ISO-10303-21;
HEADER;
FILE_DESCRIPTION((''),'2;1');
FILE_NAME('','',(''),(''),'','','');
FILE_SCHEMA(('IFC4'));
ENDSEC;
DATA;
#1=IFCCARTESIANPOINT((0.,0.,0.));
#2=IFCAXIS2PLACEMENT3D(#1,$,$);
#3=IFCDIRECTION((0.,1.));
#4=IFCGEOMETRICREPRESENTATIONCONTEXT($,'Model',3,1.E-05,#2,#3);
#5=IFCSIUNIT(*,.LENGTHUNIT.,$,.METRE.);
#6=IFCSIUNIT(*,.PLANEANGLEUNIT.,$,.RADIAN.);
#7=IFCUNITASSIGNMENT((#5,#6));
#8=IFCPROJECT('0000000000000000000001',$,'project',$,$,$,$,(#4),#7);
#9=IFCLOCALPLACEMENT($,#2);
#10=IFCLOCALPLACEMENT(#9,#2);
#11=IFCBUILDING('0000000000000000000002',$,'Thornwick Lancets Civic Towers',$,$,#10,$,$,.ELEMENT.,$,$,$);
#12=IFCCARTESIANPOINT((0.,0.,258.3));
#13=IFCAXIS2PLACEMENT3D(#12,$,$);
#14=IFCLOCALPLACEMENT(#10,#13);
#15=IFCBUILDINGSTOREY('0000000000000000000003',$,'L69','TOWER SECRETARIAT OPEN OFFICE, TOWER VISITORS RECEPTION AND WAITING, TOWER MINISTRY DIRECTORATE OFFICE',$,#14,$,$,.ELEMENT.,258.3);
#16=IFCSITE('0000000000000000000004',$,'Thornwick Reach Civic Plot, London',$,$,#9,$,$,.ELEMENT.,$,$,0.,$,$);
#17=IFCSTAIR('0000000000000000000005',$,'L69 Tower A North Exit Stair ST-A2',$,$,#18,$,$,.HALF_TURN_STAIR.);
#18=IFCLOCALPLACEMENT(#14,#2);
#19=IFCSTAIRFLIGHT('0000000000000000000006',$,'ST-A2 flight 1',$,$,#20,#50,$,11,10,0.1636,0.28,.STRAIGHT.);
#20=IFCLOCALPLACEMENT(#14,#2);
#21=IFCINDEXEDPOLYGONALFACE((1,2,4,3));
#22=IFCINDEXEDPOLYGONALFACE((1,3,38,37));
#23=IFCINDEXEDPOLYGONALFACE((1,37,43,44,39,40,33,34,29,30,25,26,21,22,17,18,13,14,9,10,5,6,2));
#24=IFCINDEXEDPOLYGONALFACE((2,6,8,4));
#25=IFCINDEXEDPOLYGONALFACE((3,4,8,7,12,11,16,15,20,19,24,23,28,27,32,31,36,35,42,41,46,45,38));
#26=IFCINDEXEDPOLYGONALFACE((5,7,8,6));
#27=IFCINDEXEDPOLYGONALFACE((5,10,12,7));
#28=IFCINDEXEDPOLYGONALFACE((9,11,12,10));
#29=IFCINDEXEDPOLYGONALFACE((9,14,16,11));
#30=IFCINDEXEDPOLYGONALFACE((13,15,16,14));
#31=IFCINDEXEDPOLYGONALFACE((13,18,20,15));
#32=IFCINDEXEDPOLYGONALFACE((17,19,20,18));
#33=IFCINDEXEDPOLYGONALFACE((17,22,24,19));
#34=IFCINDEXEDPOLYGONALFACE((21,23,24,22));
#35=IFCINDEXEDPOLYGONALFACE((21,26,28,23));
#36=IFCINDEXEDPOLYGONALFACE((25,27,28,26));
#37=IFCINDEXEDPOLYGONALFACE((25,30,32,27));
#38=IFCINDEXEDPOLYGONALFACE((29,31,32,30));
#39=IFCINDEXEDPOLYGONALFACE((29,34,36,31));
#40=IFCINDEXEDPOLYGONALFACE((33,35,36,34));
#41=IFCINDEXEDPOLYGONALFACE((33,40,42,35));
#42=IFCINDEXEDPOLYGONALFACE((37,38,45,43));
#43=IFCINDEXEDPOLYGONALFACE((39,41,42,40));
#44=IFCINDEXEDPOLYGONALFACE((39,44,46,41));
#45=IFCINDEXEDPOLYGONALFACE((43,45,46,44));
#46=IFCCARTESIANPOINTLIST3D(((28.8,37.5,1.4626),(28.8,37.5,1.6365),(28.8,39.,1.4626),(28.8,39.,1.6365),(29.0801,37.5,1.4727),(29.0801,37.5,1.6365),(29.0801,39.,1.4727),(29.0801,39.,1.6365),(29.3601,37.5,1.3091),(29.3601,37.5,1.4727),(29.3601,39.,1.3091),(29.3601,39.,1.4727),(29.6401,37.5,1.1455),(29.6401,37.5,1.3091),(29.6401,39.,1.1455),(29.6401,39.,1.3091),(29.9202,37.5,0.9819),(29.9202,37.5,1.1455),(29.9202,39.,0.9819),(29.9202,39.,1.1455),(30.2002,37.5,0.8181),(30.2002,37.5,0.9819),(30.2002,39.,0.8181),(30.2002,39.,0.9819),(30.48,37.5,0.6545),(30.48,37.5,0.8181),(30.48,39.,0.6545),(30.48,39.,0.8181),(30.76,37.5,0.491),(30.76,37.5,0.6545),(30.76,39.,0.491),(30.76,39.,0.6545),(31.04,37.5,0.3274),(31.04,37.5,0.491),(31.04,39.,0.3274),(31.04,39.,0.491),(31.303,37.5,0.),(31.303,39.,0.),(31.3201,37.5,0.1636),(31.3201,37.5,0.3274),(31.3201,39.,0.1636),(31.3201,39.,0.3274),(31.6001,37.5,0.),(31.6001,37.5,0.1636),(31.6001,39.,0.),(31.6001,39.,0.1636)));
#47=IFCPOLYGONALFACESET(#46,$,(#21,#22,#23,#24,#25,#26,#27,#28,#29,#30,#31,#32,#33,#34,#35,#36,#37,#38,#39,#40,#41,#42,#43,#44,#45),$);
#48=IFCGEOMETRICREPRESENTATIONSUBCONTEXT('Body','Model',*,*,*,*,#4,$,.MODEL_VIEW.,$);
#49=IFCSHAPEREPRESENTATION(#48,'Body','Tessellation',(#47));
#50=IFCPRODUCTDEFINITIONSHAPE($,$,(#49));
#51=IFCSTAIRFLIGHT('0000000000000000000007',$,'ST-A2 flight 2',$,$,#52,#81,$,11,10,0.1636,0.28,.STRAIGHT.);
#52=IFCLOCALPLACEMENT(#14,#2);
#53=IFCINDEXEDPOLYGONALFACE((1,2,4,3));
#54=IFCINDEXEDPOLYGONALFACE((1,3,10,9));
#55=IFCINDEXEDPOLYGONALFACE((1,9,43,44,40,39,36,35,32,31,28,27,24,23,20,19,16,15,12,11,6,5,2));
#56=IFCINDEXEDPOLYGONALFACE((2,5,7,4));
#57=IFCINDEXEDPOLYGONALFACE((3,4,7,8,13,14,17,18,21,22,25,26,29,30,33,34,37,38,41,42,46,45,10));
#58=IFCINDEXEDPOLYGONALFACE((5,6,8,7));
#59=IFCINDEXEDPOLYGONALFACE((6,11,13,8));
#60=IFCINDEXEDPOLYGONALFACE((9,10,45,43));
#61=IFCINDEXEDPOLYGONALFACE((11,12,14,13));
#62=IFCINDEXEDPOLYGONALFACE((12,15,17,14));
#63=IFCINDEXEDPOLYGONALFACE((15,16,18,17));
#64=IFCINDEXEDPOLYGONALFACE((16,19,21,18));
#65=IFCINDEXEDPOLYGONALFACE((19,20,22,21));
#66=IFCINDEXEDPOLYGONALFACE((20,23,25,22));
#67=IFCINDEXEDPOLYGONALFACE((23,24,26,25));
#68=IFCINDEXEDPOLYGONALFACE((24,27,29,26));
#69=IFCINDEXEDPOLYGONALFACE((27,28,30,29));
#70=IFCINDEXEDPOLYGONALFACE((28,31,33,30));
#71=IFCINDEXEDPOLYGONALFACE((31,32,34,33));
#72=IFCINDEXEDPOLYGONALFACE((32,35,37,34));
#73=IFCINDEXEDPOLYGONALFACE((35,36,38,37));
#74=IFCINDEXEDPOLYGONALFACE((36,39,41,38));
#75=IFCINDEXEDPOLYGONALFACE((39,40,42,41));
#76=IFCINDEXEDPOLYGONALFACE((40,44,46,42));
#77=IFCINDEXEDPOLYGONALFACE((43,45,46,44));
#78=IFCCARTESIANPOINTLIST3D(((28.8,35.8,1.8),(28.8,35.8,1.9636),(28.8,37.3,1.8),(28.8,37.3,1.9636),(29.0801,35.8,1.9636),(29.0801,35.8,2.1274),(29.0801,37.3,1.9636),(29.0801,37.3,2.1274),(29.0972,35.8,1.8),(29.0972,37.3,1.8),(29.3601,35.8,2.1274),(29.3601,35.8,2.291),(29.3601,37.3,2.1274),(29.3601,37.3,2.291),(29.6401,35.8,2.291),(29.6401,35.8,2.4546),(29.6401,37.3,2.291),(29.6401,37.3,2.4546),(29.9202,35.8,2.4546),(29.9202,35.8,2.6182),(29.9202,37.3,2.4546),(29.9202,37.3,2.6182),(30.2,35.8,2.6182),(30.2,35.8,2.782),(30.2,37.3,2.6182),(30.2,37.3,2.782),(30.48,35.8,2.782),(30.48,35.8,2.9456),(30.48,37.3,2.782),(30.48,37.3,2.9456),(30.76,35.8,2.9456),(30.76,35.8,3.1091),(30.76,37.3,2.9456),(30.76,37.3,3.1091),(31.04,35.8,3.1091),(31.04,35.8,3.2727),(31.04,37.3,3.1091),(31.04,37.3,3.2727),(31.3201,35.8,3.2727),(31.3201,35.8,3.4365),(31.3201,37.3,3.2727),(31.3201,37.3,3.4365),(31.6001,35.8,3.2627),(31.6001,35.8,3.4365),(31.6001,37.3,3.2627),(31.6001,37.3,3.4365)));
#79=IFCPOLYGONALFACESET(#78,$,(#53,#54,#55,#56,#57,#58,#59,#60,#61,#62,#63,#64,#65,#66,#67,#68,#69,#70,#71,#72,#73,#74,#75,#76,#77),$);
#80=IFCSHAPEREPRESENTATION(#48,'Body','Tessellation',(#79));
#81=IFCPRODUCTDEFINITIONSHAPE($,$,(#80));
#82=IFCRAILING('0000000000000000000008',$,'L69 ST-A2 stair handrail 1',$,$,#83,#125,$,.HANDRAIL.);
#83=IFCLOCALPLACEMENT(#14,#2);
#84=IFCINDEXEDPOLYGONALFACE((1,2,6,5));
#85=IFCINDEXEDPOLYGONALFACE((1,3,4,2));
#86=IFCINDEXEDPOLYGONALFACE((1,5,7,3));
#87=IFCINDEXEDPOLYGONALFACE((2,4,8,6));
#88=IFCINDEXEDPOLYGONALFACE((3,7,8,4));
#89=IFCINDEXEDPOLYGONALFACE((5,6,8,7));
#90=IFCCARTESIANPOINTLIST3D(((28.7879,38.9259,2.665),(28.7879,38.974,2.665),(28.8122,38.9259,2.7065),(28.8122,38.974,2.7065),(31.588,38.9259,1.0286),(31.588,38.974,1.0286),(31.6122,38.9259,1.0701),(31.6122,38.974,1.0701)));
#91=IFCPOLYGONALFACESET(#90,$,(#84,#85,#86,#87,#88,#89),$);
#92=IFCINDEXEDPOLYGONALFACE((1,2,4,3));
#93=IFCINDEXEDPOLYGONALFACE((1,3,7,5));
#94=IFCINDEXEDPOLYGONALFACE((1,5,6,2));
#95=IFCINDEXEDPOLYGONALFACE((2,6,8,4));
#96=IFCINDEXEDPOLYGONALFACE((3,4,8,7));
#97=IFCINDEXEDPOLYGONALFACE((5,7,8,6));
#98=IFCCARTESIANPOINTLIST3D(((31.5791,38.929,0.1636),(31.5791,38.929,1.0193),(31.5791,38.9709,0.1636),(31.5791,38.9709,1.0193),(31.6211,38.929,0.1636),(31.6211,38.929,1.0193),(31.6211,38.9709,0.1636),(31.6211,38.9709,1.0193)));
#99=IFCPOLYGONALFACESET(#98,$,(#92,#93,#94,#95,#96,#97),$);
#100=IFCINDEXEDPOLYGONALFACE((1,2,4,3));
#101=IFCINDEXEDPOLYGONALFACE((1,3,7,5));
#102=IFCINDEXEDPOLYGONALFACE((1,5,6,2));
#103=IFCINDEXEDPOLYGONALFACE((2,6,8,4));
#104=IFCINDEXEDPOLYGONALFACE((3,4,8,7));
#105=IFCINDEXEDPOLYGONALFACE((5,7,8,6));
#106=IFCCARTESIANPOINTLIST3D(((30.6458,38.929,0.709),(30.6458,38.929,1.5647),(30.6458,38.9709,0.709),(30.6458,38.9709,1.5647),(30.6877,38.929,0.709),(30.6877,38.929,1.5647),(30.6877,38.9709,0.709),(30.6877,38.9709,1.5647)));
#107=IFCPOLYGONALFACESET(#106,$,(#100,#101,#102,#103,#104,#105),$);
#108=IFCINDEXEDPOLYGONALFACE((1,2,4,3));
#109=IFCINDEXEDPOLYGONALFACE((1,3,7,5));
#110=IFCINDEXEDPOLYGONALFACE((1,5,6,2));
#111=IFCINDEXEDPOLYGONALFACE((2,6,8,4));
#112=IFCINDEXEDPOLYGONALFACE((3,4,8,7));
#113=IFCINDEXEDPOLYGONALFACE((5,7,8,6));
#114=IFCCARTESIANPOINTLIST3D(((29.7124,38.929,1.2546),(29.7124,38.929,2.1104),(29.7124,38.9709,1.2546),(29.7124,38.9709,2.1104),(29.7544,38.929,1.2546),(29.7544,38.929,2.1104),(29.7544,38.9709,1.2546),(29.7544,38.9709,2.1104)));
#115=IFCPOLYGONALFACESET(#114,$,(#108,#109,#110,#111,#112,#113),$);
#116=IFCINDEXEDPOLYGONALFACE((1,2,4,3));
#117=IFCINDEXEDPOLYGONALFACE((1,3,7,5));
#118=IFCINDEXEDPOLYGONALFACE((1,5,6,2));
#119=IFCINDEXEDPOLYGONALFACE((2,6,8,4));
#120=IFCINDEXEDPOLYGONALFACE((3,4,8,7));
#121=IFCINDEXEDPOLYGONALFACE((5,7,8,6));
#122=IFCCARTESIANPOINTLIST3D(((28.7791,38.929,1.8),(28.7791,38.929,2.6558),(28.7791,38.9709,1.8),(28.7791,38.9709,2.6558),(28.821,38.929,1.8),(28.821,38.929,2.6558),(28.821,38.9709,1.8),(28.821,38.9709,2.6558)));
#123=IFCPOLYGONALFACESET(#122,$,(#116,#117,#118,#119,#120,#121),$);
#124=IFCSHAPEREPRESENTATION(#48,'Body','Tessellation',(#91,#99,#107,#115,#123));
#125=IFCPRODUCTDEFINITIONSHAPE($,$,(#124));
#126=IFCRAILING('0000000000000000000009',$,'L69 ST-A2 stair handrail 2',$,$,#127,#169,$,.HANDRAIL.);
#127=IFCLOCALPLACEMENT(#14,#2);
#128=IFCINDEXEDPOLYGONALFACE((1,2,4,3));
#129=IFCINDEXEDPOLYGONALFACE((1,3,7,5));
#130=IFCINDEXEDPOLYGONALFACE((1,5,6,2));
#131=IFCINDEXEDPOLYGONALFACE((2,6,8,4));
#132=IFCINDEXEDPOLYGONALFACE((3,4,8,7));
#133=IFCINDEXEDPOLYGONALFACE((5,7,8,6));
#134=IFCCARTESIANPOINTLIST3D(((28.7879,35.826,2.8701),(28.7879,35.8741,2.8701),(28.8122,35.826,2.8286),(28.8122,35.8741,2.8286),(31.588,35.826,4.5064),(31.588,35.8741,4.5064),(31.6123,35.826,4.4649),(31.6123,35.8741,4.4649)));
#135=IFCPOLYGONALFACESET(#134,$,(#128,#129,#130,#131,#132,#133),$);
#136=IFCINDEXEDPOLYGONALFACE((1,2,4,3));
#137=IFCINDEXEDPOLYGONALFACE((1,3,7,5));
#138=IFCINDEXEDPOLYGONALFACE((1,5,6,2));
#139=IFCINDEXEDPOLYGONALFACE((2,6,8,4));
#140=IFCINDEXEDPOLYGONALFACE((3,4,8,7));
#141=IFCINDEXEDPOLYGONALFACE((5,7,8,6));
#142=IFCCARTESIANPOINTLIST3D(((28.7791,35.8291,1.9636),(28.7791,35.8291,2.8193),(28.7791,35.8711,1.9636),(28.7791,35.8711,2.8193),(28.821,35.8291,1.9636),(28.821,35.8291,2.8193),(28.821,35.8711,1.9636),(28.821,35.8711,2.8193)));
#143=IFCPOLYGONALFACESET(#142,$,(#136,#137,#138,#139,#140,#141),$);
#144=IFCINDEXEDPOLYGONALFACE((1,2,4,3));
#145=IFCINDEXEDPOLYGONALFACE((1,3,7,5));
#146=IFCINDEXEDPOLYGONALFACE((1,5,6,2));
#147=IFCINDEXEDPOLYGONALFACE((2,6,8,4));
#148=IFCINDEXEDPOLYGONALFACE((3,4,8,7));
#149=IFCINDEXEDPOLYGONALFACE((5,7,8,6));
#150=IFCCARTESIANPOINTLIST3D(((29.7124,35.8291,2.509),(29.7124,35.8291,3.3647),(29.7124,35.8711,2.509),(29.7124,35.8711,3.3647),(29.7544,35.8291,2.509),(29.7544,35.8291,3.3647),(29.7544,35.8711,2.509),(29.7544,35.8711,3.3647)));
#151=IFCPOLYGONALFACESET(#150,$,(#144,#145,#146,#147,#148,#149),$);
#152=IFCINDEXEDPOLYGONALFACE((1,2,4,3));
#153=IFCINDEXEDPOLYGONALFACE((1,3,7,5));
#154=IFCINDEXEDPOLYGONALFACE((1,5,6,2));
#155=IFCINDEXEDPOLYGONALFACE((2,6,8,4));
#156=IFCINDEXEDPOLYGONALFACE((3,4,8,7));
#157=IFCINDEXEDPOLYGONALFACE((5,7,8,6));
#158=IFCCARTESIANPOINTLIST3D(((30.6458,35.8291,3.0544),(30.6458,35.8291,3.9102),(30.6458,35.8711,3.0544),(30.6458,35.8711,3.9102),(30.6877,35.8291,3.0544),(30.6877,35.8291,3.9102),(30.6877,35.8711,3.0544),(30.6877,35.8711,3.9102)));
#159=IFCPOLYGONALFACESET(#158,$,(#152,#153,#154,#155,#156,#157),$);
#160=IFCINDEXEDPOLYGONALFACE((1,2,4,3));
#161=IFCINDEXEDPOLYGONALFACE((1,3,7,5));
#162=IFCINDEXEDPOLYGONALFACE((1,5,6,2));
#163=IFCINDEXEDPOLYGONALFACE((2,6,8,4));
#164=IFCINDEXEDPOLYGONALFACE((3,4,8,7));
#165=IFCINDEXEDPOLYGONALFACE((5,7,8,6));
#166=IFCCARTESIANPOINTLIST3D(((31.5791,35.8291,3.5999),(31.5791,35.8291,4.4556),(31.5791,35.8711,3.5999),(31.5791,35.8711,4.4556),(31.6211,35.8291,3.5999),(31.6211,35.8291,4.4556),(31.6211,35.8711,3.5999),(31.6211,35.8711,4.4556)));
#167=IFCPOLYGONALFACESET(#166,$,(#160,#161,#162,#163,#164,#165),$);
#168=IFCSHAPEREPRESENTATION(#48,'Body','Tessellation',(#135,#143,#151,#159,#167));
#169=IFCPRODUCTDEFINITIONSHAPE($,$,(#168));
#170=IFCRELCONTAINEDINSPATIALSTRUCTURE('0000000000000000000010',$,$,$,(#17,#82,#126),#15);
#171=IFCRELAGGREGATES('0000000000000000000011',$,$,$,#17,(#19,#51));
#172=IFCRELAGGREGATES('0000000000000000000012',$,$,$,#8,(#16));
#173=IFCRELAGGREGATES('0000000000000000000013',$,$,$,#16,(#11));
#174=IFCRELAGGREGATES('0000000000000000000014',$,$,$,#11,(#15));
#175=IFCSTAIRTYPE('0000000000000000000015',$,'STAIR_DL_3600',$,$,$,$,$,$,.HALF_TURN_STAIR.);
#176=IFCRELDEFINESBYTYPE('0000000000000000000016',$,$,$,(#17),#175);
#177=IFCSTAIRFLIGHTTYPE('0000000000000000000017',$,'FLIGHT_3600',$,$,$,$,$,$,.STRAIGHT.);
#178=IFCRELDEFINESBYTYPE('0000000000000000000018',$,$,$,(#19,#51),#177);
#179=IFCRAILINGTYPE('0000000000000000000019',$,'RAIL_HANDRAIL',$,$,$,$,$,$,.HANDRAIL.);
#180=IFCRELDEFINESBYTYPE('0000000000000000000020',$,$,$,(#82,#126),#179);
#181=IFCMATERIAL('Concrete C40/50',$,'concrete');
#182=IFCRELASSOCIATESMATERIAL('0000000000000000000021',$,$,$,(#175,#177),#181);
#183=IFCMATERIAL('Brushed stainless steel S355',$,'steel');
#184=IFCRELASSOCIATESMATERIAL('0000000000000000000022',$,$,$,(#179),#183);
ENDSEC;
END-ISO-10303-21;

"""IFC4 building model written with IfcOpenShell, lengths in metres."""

from ifc_helpers import new_model, si_unit, direction, frame, origin, origin_2d, place, context, subcontext, project, spatial, polyline, rectangle, outline, extrude, material, type_object, element, aggregate, save


model = new_model("IFC4")

# Units and contexts
model_context = context("Model", 3, precision=1e-05, world=origin(), true_north=direction((0.0, 1.0)))
body_context = subcontext(model_context, "Body", "Model", "MODEL_VIEW")
ifc_project = project(units=[si_unit("LENGTHUNIT", "METRE"), si_unit("PLANEANGLEUNIT", "RADIAN")], contexts=[model_context])

# Site, building, storey
site_placement = place(None, origin())
site = spatial("IfcSite", under=ifc_project, at=site_placement, Name="Thornwick Reach Civic Plot, London", CompositionType="ELEMENT", RefElevation=0.0)
building_placement = place(site_placement, origin())
building = spatial("IfcBuilding", under=site, at=building_placement, Name="Thornwick Lancets Civic Towers", CompositionType="ELEMENT")
storey_placement = place(building_placement, frame((0.0, 0.0, 258.3)))
storey = spatial("IfcBuildingStorey", under=building, at=storey_placement, Name="L69", Description="TOWER SECRETARIAT OPEN OFFICE, TOWER VISITORS RECEPTION AND WAITING, TOWER MINISTRY DIRECTORATE OFFICE", CompositionType="ELEMENT", Elevation=258.3)

# Shared definitions
ifc_material_1 = material(Name="Concrete C40/50", Category="concrete")

# Stair, stair flights
stair_type = type_object("IfcStairType", Name="STAIR_DL_3600", PredefinedType="HALF_TURN_STAIR", material=ifc_material_1)
stair_placement = place(storey_placement, origin())
stair = element("IfcStair", 1, at=stair_placement, inside=storey, type_object=stair_type, Name="L69 Tower A North Exit Stair ST-A2", PredefinedType="HALF_TURN_STAIR")
stair_flight_type = type_object("IfcStairFlightType", Name="FLIGHT_3600", PredefinedType="STRAIGHT", material=ifc_material_1)
stair_flight_1_placement = place(storey_placement, frame((31.6001, 38.25, 0.0), z_axis=(0.0, 0.0, 1.0), x_axis=(-1.0, 0.0, 0.0)))
stair_flight_1 = element("IfcStairFlight", 2, at=stair_flight_1_placement, type_object=stair_flight_type, Name="ST-A2 flight 1", NumberOfRisers=11, NumberOfTreads=10, PredefinedType="STRAIGHT", RiserHeight=0.1636, TreadLength=0.28, context=body_context, shape_type="SweptSolid", body=[
    extrude(outline(polyline([(0.0, 0.0), (0.0, 0.1636), (0.28, 0.1636), (0.28, 0.3274), (0.5601, 0.3274), (0.5601, 0.491), (0.8401, 0.491), (0.8401, 0.6545), (1.1201, 0.6545), (1.1201, 0.8181), (1.3999, 0.8181), (1.3999, 0.9819), (1.6799, 0.9819), (1.6799, 1.1455), (1.96, 1.1455), (1.96, 1.3091), (2.24, 1.3091), (2.24, 1.4727), (2.52, 1.4727), (2.52, 1.6365), (2.8, 1.6365), (2.8, 1.8), (2.8, 1.4626), (0.2971, 0.0), (0.0, 0.0)])), frame((0.0, 0.75, 0.0), z_axis=(0.0, -1.0, 0.0), x_axis=(1.0, 0.0, 0.0)), (0.0, 0.0, 1.0), 1.5),
])
stair_flight_2_placement = place(storey_placement, frame((28.8, 36.55, 1.8), z_axis=(0.0, 0.0, 1.0), x_axis=(1.0, 0.0, 0.0)))
stair_flight_2 = element("IfcStairFlight", 3, at=stair_flight_2_placement, type_object=stair_flight_type, Name="ST-A2 flight 2", NumberOfRisers=11, NumberOfTreads=10, PredefinedType="STRAIGHT", RiserHeight=0.1636, TreadLength=0.28, context=body_context, shape_type="SweptSolid", body=[
    extrude(outline(polyline([(0.0, 0.0), (0.0, 0.1636), (0.28, 0.1636), (0.28, 0.3274), (0.5601, 0.3274), (0.5601, 0.491), (0.8401, 0.491), (0.8401, 0.6545), (1.1201, 0.6545), (1.1201, 0.8181), (1.3999, 0.8181), (1.3999, 0.9819), (1.6799, 0.9819), (1.6799, 1.1455), (1.96, 1.1455), (1.96, 1.3091), (2.24, 1.3091), (2.24, 1.4727), (2.52, 1.4727), (2.52, 1.6365), (2.8, 1.6365), (2.8, 1.8), (2.8, 1.4626), (0.2971, 0.0), (0.0, 0.0)])), frame((0.0, 0.75, 0.0), z_axis=(0.0, -1.0, 0.0), x_axis=(1.0, 0.0, 0.0)), (0.0, 0.0, 1.0), 1.5),
])
aggregate(stair, [stair_flight_1, stair_flight_2])

# Railings
ifc_material_2 = material(Name="Brushed stainless steel S355", Category="steel")
railing_type_1 = type_object("IfcRailingType", Name="RAIL_HANDRAIL", PredefinedType="HANDRAIL", material=ifc_material_2)
railing_1_placement = place(storey_placement, frame((31.6001, 38.95, 0.1636)))
element("IfcRailing", 4, at=railing_1_placement, inside=storey, type_object=railing_type_1, Name="L69 ST-A2 stair handrail 1", PredefinedType="HANDRAIL", context=body_context, shape_type="SweptSolid", body=[
    extrude(rectangle(XDim=0.0481, YDim=0.0481, at=origin_2d()), frame((0.0, 0.0, 0.8857), z_axis=(-0.863361, 0.0, 0.504587), x_axis=(0.0, -1.0, 0.0)), (0.0, 0.0, 1.0), 3.2432),
    extrude(rectangle(XDim=0.042, YDim=0.042, at=origin_2d()), origin(), (0.0, 0.0, 1.0), 0.8557),
    extrude(rectangle(XDim=0.042, YDim=0.042, at=origin_2d()), frame((-0.9333, 0.0, 0.5454)), (0.0, 0.0, 1.0), 0.8557),
    extrude(rectangle(XDim=0.042, YDim=0.042, at=origin_2d()), frame((-1.8667, 0.0, 1.0911)), (0.0, 0.0, 1.0), 0.8557),
    extrude(rectangle(XDim=0.042, YDim=0.042, at=origin_2d()), frame((-2.8, 0.0, 1.6365)), (0.0, 0.0, 1.0), 0.8557),
])
railing_2_placement = place(storey_placement, frame((28.8, 35.8501, 1.9636)))
element("IfcRailing", 5, at=railing_2_placement, inside=storey, type_object=railing_type_1, Name="L69 ST-A2 stair handrail 2", PredefinedType="HANDRAIL", context=body_context, shape_type="SweptSolid", body=[
    extrude(rectangle(XDim=0.0481, YDim=0.0481, at=origin_2d()), frame((0.0, 0.0, 0.8857), z_axis=(0.863394, 0.0, 0.504531), x_axis=(0.0, 1.0, 0.0)), (0.0, 0.0, 1.0), 3.2432),
    extrude(rectangle(XDim=0.042, YDim=0.042, at=origin_2d()), origin(), (0.0, 0.0, 1.0), 0.8557),
    extrude(rectangle(XDim=0.042, YDim=0.042, at=origin_2d()), frame((0.9333, 0.0, 0.5454)), (0.0, 0.0, 1.0), 0.8557),
    extrude(rectangle(XDim=0.042, YDim=0.042, at=origin_2d()), frame((1.8667, 0.0, 1.0908)), (0.0, 0.0, 1.0), 0.8557),
    extrude(rectangle(XDim=0.042, YDim=0.042, at=origin_2d()), frame((2.8, 0.0, 1.6362)), (0.0, 0.0, 1.0), 0.8557),
])

save(model, "model.ifc")
